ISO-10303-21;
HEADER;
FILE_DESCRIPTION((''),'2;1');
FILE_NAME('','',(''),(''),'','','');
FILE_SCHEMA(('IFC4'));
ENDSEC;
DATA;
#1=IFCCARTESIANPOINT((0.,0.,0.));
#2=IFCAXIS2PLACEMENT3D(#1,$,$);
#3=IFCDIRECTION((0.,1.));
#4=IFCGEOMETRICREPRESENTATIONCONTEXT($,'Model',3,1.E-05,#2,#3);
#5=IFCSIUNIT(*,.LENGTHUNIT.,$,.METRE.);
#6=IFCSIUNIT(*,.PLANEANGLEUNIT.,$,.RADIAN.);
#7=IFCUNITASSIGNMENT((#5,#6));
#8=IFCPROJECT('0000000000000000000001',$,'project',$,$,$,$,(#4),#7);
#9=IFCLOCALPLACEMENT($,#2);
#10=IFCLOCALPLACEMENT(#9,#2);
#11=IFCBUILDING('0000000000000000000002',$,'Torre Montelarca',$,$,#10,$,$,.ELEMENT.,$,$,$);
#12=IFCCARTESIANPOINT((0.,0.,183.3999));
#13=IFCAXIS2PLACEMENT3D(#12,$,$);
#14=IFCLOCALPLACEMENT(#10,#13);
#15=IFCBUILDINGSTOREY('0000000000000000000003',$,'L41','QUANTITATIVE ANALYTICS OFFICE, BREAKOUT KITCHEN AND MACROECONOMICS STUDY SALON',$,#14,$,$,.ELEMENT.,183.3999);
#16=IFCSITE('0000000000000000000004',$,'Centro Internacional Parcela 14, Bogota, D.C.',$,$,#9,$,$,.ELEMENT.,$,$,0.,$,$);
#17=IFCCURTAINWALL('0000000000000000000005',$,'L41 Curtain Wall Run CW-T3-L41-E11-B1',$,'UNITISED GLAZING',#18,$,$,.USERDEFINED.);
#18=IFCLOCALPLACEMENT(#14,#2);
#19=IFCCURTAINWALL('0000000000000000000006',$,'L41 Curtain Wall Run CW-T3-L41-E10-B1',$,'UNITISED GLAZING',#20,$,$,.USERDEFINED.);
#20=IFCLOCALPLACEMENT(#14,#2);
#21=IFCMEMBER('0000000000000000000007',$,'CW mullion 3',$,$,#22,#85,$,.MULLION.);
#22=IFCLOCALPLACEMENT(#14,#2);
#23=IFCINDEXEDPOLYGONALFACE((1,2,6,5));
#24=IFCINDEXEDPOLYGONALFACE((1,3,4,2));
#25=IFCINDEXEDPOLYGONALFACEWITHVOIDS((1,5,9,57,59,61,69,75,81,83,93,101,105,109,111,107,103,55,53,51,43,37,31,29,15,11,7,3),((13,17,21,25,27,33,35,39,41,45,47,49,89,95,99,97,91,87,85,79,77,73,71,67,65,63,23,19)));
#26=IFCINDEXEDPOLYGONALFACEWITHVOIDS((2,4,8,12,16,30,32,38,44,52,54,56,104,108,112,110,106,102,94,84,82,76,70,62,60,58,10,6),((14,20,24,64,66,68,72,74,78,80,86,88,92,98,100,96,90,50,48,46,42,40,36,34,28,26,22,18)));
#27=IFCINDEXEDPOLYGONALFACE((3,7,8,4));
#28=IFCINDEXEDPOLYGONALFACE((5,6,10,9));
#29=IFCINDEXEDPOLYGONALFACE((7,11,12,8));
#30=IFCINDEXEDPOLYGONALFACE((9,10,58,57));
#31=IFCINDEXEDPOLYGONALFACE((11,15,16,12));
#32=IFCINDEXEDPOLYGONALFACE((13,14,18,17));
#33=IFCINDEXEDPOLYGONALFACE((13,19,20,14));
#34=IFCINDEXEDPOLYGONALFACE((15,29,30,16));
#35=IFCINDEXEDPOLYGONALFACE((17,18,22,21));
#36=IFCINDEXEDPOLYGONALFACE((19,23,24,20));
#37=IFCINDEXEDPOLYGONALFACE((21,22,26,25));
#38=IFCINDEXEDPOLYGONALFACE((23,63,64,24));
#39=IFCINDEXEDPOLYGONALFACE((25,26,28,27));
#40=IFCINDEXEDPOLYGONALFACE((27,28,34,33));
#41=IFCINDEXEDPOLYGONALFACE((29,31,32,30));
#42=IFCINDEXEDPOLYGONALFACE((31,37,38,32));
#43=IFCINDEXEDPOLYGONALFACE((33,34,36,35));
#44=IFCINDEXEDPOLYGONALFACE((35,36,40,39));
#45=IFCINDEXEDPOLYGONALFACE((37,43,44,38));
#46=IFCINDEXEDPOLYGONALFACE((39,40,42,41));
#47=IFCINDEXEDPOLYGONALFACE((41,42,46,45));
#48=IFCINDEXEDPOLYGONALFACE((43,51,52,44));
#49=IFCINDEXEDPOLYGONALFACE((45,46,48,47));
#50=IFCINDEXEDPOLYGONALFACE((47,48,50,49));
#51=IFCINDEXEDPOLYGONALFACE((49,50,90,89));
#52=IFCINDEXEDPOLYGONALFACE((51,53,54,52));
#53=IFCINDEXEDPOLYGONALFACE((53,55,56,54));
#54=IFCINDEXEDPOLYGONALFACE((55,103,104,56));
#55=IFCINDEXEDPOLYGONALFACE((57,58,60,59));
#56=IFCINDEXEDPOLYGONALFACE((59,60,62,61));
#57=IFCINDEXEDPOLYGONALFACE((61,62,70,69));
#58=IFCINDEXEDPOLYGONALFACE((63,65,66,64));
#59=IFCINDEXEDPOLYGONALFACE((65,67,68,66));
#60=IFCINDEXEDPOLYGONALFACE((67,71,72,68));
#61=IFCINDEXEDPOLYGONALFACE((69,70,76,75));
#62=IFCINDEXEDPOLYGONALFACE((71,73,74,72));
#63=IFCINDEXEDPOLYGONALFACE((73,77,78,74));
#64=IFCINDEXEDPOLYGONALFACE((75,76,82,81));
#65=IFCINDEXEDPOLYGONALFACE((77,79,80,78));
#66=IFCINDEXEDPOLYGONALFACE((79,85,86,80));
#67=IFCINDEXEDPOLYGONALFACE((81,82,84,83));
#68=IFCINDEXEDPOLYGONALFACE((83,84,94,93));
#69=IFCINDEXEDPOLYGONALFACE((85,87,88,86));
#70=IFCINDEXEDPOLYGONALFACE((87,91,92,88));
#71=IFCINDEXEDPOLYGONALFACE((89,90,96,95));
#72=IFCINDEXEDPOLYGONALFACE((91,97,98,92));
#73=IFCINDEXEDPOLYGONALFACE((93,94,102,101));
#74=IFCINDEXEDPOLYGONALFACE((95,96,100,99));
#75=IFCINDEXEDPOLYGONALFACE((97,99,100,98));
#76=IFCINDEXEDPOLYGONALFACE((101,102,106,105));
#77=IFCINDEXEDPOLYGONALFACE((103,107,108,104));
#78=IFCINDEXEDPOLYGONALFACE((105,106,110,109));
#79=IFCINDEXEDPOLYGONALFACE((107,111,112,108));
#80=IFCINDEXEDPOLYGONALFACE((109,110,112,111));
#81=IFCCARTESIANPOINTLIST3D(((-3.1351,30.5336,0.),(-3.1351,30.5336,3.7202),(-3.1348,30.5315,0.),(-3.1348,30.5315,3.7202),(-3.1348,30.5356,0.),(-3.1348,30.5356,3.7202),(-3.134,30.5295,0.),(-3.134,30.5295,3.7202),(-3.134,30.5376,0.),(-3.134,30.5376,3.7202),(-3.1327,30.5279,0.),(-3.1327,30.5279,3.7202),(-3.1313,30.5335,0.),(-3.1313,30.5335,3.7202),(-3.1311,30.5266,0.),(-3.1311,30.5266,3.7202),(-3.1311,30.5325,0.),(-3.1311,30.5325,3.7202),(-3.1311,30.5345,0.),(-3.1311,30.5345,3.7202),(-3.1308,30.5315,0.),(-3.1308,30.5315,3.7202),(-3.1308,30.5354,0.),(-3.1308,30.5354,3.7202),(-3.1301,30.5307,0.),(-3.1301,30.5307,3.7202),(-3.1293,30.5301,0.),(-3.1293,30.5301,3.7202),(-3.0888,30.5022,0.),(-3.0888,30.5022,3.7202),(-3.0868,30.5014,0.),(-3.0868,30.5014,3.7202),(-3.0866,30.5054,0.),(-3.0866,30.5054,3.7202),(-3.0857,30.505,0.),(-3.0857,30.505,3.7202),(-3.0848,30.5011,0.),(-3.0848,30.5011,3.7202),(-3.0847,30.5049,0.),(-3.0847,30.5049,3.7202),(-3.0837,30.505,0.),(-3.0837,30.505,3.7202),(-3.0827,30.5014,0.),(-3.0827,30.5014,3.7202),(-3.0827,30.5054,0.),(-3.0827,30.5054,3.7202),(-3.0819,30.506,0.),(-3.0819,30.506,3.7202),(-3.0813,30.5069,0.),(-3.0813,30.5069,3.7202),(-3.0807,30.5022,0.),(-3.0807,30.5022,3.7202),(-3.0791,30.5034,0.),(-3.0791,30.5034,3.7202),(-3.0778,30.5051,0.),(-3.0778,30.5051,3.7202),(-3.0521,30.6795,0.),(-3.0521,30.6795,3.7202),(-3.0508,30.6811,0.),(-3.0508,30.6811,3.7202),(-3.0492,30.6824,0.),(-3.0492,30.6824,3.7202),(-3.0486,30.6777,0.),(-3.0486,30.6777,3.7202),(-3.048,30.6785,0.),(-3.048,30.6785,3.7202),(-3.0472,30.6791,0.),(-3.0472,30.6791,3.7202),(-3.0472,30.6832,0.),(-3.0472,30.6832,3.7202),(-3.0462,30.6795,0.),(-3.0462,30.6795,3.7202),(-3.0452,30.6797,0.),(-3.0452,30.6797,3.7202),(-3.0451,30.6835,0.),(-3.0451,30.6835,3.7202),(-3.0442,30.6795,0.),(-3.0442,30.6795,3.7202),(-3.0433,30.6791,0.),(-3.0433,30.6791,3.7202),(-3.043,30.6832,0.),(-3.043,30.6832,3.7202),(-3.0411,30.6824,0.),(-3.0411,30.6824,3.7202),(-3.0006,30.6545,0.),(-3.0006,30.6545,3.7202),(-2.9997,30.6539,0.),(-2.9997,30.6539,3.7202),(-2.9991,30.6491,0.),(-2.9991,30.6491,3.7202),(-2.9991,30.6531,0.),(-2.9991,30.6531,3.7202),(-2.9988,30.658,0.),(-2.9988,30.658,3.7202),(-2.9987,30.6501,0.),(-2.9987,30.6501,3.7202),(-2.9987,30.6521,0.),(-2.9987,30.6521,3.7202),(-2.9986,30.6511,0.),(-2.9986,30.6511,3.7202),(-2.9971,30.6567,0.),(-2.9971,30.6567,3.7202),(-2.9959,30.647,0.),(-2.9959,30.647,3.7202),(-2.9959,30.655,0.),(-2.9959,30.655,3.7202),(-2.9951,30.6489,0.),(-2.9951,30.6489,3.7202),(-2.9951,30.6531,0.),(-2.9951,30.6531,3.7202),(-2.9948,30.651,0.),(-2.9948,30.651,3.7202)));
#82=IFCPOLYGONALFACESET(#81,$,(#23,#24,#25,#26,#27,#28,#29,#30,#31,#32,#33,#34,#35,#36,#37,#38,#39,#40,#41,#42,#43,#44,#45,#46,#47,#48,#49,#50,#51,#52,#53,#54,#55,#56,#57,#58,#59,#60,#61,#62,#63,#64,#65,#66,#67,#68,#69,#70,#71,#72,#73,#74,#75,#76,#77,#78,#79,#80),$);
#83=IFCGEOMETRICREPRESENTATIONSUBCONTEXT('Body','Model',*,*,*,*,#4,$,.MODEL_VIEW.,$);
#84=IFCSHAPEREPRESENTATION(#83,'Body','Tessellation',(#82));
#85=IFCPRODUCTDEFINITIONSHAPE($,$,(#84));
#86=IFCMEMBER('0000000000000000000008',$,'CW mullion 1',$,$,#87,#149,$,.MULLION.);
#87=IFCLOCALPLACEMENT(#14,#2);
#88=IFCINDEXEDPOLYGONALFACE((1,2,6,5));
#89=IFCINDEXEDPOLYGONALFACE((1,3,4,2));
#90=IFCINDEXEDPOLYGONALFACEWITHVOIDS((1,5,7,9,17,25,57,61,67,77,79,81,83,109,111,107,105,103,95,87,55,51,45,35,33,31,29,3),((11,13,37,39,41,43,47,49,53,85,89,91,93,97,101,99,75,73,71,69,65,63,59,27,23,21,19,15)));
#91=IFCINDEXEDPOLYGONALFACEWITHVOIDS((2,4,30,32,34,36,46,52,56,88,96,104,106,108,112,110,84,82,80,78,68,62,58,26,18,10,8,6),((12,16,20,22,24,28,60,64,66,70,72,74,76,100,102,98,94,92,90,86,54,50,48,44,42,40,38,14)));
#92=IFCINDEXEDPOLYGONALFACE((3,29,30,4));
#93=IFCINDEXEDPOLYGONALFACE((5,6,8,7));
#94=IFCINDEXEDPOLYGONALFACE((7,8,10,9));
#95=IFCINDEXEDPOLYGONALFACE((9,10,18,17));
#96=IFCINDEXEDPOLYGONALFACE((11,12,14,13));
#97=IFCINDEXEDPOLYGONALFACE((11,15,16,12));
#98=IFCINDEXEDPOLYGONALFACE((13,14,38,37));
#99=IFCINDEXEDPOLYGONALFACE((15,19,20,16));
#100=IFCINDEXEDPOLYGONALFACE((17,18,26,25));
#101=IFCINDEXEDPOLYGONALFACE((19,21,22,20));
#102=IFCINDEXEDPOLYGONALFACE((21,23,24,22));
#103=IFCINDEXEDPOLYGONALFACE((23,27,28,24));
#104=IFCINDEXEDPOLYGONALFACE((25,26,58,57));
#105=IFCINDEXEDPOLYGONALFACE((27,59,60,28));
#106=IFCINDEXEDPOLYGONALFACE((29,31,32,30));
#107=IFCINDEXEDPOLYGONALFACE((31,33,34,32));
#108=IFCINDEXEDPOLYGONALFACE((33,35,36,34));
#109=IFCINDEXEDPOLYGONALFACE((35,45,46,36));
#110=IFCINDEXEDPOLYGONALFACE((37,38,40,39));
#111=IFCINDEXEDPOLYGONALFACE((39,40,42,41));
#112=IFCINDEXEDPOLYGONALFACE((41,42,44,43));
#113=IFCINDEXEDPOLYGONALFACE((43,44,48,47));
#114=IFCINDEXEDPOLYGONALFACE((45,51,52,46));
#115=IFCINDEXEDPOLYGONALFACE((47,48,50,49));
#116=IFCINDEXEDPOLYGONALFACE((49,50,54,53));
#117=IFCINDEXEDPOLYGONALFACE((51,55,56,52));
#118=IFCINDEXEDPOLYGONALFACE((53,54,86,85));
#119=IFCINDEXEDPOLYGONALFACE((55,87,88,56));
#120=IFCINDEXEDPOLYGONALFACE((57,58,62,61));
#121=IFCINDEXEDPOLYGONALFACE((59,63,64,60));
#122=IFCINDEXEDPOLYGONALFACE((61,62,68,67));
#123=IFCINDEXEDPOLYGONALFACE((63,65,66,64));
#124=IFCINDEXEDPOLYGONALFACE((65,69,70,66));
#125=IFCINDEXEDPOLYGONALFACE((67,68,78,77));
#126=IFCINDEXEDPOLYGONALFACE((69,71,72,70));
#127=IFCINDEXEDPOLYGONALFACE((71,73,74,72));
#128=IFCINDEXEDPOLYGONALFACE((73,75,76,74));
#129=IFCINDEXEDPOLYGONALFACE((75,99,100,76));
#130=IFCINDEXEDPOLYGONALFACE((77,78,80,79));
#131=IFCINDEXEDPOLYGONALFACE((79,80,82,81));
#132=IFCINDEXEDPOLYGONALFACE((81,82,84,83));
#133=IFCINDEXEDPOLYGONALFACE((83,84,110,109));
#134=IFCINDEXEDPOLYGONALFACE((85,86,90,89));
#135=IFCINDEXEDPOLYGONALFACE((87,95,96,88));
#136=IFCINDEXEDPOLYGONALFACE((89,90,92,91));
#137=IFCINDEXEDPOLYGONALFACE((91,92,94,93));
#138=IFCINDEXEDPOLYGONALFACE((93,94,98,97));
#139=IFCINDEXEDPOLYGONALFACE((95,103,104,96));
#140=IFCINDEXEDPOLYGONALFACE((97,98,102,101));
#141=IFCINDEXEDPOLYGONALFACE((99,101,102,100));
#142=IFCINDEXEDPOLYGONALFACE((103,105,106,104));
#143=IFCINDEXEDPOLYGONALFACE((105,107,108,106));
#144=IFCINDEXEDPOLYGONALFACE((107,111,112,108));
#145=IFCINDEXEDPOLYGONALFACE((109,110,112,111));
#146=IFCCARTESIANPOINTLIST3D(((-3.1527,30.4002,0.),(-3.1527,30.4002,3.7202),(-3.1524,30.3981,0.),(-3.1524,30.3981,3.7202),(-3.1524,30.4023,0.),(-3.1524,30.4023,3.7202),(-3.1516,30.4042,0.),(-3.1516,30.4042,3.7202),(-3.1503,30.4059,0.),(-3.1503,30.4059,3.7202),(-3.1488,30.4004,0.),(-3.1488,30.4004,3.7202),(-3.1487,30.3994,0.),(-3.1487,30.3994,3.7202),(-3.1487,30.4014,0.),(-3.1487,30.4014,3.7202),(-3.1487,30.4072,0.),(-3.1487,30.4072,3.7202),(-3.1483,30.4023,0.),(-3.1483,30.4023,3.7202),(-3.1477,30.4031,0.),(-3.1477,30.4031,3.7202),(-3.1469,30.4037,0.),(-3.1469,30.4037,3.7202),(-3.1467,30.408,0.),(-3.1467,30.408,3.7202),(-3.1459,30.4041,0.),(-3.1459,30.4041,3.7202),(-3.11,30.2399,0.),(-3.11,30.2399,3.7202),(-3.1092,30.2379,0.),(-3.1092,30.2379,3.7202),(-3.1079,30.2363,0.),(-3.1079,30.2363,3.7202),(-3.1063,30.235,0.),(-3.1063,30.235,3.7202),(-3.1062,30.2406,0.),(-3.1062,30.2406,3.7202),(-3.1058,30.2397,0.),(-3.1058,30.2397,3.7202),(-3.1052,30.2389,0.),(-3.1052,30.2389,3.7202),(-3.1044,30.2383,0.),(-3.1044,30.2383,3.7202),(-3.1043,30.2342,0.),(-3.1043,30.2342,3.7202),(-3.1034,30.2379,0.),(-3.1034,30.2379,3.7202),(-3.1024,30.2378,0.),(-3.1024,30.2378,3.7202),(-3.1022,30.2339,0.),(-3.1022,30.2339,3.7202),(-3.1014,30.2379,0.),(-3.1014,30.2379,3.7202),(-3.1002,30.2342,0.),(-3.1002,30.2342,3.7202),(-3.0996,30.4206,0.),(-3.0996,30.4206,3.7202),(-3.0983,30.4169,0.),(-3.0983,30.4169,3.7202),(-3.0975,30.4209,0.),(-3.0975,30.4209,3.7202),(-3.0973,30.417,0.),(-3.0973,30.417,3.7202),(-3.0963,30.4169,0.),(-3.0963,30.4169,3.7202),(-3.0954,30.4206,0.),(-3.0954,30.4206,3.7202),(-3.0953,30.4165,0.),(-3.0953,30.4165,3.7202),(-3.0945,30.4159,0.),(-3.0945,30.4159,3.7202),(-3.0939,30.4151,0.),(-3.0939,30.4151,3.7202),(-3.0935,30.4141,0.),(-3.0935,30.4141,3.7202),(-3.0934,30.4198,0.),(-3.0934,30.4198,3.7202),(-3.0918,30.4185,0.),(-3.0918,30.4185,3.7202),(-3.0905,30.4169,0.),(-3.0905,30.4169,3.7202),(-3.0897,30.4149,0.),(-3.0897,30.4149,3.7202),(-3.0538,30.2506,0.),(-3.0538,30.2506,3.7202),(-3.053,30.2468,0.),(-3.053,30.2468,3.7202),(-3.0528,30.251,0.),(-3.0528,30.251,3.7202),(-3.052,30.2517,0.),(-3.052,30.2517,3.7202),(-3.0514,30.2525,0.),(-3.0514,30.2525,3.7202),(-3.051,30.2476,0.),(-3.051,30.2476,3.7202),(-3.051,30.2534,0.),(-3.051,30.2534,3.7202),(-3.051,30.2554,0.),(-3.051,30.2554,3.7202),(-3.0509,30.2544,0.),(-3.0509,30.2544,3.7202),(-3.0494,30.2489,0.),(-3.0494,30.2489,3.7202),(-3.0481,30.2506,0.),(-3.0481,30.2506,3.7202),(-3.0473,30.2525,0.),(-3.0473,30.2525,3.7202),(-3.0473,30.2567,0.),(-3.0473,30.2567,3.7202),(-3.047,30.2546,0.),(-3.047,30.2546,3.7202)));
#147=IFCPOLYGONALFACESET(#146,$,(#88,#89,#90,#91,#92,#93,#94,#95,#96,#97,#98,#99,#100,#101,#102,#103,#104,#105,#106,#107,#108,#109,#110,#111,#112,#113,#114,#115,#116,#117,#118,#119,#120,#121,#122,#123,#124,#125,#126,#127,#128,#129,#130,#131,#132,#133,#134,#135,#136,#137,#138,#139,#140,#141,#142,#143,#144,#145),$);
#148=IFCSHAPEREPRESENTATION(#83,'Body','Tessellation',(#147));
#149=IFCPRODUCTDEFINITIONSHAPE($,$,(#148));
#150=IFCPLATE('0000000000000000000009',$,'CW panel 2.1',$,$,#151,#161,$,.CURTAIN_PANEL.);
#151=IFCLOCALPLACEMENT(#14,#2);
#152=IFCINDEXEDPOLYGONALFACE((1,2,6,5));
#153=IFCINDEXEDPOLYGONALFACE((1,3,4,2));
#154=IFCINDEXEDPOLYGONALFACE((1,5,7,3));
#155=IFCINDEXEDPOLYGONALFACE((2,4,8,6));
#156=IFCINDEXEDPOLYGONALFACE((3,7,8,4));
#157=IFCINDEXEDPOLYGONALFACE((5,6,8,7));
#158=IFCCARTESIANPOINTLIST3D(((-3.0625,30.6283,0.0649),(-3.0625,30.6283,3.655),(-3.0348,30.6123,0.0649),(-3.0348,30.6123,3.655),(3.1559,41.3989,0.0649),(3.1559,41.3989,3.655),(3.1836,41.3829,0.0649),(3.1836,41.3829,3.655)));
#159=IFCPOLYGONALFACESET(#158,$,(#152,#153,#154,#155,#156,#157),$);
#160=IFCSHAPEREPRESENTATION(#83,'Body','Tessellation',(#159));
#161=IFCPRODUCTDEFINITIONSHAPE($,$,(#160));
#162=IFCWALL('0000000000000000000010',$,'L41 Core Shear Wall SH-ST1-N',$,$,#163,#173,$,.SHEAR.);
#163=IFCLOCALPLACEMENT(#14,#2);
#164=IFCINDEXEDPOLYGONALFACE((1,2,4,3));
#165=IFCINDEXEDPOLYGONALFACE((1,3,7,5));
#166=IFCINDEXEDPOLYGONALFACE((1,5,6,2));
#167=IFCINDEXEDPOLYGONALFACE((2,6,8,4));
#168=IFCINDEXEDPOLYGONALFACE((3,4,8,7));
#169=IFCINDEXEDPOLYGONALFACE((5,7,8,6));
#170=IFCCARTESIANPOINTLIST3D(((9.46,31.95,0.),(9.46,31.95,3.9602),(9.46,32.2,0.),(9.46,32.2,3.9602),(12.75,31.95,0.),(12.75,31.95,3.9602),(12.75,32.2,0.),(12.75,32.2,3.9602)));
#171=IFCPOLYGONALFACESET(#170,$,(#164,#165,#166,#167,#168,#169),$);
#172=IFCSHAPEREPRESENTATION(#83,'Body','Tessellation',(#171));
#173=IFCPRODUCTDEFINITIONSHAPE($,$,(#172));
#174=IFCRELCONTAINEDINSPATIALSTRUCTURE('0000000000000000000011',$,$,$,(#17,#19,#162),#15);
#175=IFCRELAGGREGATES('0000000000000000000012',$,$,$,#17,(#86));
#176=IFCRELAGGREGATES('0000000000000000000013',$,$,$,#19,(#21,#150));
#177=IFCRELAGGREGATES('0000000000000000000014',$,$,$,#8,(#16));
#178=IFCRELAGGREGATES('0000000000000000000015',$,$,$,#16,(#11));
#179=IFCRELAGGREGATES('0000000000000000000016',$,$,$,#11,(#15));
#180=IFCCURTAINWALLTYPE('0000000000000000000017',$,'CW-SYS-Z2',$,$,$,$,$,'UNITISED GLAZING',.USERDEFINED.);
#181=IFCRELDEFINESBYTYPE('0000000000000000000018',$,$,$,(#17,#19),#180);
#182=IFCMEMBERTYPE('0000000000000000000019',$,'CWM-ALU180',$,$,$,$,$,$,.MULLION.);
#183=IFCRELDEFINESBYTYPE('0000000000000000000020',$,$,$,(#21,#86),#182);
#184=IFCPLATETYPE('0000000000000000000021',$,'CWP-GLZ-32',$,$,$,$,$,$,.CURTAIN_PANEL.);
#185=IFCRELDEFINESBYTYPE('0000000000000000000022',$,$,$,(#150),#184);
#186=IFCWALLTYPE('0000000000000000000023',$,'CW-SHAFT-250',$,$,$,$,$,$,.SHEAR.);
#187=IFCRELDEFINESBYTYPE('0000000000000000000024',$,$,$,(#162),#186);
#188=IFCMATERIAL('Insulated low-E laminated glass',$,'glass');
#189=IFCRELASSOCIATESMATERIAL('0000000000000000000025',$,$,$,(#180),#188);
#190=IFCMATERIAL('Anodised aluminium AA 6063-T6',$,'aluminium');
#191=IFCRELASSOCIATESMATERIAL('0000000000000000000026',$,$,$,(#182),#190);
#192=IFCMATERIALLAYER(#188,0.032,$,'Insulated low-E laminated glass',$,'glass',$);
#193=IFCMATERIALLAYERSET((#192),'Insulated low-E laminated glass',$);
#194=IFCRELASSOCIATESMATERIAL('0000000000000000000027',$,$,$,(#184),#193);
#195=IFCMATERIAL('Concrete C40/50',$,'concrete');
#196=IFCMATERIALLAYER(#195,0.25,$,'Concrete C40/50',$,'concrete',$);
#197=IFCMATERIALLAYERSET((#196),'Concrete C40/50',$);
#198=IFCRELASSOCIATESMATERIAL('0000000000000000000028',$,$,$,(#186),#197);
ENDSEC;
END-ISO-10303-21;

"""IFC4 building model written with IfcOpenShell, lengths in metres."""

from ifc_helpers import new_model, si_unit, direction, frame, frame_2d, origin, origin_2d, place, context, subcontext, project, spatial, rectangle, hollow_rectangle, extrude, source, transform, mapped, material, layer, layer_set, material_profile, profile_set, type_object, element, aggregate, save


model = new_model("IFC4")

# Units and contexts
model_context = context("Model", 3, precision=1e-05, world=origin(), true_north=direction((0.0, 1.0)))
body_context = subcontext(model_context, "Body", "Model", "MODEL_VIEW")
ifc_project = project(units=[si_unit("LENGTHUNIT", "METRE"), si_unit("PLANEANGLEUNIT", "RADIAN")], contexts=[model_context])

# Site, building, storey
site_placement = place(None, origin())
site = spatial("IfcSite", under=ifc_project, at=site_placement, Name="Centro Internacional Parcela 14, Bogota, D.C.", CompositionType="ELEMENT", RefElevation=0.0)
building_placement = place(site_placement, origin())
building = spatial("IfcBuilding", under=site, at=building_placement, Name="Torre Montelarca", CompositionType="ELEMENT")
storey_placement = place(building_placement, frame((0.0, 0.0, 183.3999)))
storey = spatial("IfcBuildingStorey", under=building, at=storey_placement, Name="L41", Description="QUANTITATIVE ANALYTICS OFFICE, BREAKOUT KITCHEN AND MACROECONOMICS STUDY SALON", CompositionType="ELEMENT", Elevation=183.3999)

# Curtain wall
ifc_material_1 = material(Name="Insulated low-E laminated glass", Category="glass")
curtain_wall_type = type_object("IfcCurtainWallType", Name="CW-SYS-Z2", ElementType="UNITISED GLAZING", PredefinedType="USERDEFINED", material=ifc_material_1)
curtain_wall_1_placement = place(storey_placement, origin())
curtain_wall_1 = element("IfcCurtainWall", 1, at=curtain_wall_1_placement, inside=storey, type_object=curtain_wall_type, Name="L41 Curtain Wall Run CW-T3-L41-E11-B1", ObjectType="UNITISED GLAZING", PredefinedType="USERDEFINED")
ifc_material_2 = material(Name="Anodised aluminium AA 6063-T6", Category="aluminium")

# Curtain wall, member
curtain_wall_2_placement = place(storey_placement, origin())
curtain_wall_2 = element("IfcCurtainWall", 2, at=curtain_wall_2_placement, inside=storey, type_object=curtain_wall_type, Name="L41 Curtain Wall Run CW-T3-L41-E10-B1", ObjectType="UNITISED GLAZING", PredefinedType="USERDEFINED")
ifc_material_profile_1 = material_profile(ifc_material_2, hollow_rectangle(XDim=0.0649, YDim=0.1799, WallThickness=0.0039, InnerFilletRadius=0.0039, OuterFilletRadius=0.0081, at=origin_2d()), Name="ALU65X180X4", Category="aluminium")
ifc_profile_set_1 = profile_set([ifc_material_profile_1], Name="Anodised aluminium AA 6063-T6")
member_type_1 = type_object("IfcMemberType", Name="CWM-ALU180", PredefinedType="MULLION", material=ifc_profile_set_1)
shared_shape_1 = source(origin(), body_context, "Body", "SweptSolid", [
    extrude(hollow_rectangle(XDim=0.0649, YDim=0.1799, WallThickness=0.0039, InnerFilletRadius=0.0039, OuterFilletRadius=0.0081, at=origin_2d()), origin(), (0.0, 0.0, 1.0), 3.7202),
])
member_1_placement = place(storey_placement, frame((-3.0649, 30.5923, 0.0), z_axis=(0.0, 0.0, 1.0), x_axis=(0.866025, -0.500001, 0.0)))
member_1 = element("IfcMember", 3, at=member_1_placement, type_object=member_type_1, Name="CW mullion 3", PredefinedType="MULLION", context=body_context, shape_type="MappedRepresentation", body=[
    mapped(shared_shape_1, transform((0.0, 0.0, 0.0), scale=1.0)),
])

# Member
member_2_placement = place(storey_placement, frame((-3.0999, 30.3274, 0.0), z_axis=(0.0, 0.0, 1.0), x_axis=(0.965928, 0.25881, 0.0)))
member_2 = element("IfcMember", 4, at=member_2_placement, type_object=member_type_1, Name="CW mullion 1", PredefinedType="MULLION", context=body_context, shape_type="MappedRepresentation", body=[
    mapped(shared_shape_1, transform((0.0, 0.0, 0.0), scale=1.0)),
])
aggregate(curtain_wall_1, [member_2])

# Plate
ifc_layer_1 = layer(ifc_material_1, 0.032, Name="Insulated low-E laminated glass", Category="glass")
ifc_layer_set_1 = layer_set([ifc_layer_1], Name="Insulated low-E laminated glass")
plate_type = type_object("IfcPlateType", Name="CWP-GLZ-32", PredefinedType="CURTAIN_PANEL", material=ifc_layer_set_1)
shared_shape_2 = source(origin(), body_context, "Body", "SweptSolid", [
    extrude(rectangle(XDim=12.4368, YDim=0.032, at=origin_2d()), origin(), (0.0, 0.0, 1.0), 3.5901),
])
plate_placement = place(storey_placement, frame((0.0605, 36.0056, 0.0649), z_axis=(0.0, 0.0, 1.0), x_axis=(-0.500001, -0.866025, 0.0)))
plate = element("IfcPlate", 5, at=plate_placement, type_object=plate_type, Name="CW panel 2.1", PredefinedType="CURTAIN_PANEL", context=body_context, shape_type="MappedRepresentation", body=[
    mapped(shared_shape_2, transform((0.0, 0.0, 0.0), scale=1.0)),
])
aggregate(curtain_wall_2, [member_1, plate])

# Wall
ifc_material_3 = material(Name="Concrete C40/50", Category="concrete")
ifc_layer_2 = layer(ifc_material_3, 0.25, Name="Concrete C40/50", Category="concrete")
ifc_layer_set_2 = layer_set([ifc_layer_2], Name="Concrete C40/50")
wall_type_1 = type_object("IfcWallType", Name="CW-SHAFT-250", PredefinedType="SHEAR", material=ifc_layer_set_2)
wall_1_placement = place(storey_placement, frame((9.46, 32.075, 0.0), z_axis=(0.0, 0.0, 1.0), x_axis=(1.0, 0.0, 0.0)))
element("IfcWall", 6, at=wall_1_placement, inside=storey, type_object=wall_type_1, Name="L41 Core Shear Wall SH-ST1-N", PredefinedType="SHEAR", context=body_context, shape_type="SweptSolid", body=[
    extrude(rectangle(XDim=3.29, YDim=0.25, at=frame_2d((1.645, 0.0))), origin(), (0.0, 0.0, 1.0), 3.9602),
])

save(model, "model.ifc")
